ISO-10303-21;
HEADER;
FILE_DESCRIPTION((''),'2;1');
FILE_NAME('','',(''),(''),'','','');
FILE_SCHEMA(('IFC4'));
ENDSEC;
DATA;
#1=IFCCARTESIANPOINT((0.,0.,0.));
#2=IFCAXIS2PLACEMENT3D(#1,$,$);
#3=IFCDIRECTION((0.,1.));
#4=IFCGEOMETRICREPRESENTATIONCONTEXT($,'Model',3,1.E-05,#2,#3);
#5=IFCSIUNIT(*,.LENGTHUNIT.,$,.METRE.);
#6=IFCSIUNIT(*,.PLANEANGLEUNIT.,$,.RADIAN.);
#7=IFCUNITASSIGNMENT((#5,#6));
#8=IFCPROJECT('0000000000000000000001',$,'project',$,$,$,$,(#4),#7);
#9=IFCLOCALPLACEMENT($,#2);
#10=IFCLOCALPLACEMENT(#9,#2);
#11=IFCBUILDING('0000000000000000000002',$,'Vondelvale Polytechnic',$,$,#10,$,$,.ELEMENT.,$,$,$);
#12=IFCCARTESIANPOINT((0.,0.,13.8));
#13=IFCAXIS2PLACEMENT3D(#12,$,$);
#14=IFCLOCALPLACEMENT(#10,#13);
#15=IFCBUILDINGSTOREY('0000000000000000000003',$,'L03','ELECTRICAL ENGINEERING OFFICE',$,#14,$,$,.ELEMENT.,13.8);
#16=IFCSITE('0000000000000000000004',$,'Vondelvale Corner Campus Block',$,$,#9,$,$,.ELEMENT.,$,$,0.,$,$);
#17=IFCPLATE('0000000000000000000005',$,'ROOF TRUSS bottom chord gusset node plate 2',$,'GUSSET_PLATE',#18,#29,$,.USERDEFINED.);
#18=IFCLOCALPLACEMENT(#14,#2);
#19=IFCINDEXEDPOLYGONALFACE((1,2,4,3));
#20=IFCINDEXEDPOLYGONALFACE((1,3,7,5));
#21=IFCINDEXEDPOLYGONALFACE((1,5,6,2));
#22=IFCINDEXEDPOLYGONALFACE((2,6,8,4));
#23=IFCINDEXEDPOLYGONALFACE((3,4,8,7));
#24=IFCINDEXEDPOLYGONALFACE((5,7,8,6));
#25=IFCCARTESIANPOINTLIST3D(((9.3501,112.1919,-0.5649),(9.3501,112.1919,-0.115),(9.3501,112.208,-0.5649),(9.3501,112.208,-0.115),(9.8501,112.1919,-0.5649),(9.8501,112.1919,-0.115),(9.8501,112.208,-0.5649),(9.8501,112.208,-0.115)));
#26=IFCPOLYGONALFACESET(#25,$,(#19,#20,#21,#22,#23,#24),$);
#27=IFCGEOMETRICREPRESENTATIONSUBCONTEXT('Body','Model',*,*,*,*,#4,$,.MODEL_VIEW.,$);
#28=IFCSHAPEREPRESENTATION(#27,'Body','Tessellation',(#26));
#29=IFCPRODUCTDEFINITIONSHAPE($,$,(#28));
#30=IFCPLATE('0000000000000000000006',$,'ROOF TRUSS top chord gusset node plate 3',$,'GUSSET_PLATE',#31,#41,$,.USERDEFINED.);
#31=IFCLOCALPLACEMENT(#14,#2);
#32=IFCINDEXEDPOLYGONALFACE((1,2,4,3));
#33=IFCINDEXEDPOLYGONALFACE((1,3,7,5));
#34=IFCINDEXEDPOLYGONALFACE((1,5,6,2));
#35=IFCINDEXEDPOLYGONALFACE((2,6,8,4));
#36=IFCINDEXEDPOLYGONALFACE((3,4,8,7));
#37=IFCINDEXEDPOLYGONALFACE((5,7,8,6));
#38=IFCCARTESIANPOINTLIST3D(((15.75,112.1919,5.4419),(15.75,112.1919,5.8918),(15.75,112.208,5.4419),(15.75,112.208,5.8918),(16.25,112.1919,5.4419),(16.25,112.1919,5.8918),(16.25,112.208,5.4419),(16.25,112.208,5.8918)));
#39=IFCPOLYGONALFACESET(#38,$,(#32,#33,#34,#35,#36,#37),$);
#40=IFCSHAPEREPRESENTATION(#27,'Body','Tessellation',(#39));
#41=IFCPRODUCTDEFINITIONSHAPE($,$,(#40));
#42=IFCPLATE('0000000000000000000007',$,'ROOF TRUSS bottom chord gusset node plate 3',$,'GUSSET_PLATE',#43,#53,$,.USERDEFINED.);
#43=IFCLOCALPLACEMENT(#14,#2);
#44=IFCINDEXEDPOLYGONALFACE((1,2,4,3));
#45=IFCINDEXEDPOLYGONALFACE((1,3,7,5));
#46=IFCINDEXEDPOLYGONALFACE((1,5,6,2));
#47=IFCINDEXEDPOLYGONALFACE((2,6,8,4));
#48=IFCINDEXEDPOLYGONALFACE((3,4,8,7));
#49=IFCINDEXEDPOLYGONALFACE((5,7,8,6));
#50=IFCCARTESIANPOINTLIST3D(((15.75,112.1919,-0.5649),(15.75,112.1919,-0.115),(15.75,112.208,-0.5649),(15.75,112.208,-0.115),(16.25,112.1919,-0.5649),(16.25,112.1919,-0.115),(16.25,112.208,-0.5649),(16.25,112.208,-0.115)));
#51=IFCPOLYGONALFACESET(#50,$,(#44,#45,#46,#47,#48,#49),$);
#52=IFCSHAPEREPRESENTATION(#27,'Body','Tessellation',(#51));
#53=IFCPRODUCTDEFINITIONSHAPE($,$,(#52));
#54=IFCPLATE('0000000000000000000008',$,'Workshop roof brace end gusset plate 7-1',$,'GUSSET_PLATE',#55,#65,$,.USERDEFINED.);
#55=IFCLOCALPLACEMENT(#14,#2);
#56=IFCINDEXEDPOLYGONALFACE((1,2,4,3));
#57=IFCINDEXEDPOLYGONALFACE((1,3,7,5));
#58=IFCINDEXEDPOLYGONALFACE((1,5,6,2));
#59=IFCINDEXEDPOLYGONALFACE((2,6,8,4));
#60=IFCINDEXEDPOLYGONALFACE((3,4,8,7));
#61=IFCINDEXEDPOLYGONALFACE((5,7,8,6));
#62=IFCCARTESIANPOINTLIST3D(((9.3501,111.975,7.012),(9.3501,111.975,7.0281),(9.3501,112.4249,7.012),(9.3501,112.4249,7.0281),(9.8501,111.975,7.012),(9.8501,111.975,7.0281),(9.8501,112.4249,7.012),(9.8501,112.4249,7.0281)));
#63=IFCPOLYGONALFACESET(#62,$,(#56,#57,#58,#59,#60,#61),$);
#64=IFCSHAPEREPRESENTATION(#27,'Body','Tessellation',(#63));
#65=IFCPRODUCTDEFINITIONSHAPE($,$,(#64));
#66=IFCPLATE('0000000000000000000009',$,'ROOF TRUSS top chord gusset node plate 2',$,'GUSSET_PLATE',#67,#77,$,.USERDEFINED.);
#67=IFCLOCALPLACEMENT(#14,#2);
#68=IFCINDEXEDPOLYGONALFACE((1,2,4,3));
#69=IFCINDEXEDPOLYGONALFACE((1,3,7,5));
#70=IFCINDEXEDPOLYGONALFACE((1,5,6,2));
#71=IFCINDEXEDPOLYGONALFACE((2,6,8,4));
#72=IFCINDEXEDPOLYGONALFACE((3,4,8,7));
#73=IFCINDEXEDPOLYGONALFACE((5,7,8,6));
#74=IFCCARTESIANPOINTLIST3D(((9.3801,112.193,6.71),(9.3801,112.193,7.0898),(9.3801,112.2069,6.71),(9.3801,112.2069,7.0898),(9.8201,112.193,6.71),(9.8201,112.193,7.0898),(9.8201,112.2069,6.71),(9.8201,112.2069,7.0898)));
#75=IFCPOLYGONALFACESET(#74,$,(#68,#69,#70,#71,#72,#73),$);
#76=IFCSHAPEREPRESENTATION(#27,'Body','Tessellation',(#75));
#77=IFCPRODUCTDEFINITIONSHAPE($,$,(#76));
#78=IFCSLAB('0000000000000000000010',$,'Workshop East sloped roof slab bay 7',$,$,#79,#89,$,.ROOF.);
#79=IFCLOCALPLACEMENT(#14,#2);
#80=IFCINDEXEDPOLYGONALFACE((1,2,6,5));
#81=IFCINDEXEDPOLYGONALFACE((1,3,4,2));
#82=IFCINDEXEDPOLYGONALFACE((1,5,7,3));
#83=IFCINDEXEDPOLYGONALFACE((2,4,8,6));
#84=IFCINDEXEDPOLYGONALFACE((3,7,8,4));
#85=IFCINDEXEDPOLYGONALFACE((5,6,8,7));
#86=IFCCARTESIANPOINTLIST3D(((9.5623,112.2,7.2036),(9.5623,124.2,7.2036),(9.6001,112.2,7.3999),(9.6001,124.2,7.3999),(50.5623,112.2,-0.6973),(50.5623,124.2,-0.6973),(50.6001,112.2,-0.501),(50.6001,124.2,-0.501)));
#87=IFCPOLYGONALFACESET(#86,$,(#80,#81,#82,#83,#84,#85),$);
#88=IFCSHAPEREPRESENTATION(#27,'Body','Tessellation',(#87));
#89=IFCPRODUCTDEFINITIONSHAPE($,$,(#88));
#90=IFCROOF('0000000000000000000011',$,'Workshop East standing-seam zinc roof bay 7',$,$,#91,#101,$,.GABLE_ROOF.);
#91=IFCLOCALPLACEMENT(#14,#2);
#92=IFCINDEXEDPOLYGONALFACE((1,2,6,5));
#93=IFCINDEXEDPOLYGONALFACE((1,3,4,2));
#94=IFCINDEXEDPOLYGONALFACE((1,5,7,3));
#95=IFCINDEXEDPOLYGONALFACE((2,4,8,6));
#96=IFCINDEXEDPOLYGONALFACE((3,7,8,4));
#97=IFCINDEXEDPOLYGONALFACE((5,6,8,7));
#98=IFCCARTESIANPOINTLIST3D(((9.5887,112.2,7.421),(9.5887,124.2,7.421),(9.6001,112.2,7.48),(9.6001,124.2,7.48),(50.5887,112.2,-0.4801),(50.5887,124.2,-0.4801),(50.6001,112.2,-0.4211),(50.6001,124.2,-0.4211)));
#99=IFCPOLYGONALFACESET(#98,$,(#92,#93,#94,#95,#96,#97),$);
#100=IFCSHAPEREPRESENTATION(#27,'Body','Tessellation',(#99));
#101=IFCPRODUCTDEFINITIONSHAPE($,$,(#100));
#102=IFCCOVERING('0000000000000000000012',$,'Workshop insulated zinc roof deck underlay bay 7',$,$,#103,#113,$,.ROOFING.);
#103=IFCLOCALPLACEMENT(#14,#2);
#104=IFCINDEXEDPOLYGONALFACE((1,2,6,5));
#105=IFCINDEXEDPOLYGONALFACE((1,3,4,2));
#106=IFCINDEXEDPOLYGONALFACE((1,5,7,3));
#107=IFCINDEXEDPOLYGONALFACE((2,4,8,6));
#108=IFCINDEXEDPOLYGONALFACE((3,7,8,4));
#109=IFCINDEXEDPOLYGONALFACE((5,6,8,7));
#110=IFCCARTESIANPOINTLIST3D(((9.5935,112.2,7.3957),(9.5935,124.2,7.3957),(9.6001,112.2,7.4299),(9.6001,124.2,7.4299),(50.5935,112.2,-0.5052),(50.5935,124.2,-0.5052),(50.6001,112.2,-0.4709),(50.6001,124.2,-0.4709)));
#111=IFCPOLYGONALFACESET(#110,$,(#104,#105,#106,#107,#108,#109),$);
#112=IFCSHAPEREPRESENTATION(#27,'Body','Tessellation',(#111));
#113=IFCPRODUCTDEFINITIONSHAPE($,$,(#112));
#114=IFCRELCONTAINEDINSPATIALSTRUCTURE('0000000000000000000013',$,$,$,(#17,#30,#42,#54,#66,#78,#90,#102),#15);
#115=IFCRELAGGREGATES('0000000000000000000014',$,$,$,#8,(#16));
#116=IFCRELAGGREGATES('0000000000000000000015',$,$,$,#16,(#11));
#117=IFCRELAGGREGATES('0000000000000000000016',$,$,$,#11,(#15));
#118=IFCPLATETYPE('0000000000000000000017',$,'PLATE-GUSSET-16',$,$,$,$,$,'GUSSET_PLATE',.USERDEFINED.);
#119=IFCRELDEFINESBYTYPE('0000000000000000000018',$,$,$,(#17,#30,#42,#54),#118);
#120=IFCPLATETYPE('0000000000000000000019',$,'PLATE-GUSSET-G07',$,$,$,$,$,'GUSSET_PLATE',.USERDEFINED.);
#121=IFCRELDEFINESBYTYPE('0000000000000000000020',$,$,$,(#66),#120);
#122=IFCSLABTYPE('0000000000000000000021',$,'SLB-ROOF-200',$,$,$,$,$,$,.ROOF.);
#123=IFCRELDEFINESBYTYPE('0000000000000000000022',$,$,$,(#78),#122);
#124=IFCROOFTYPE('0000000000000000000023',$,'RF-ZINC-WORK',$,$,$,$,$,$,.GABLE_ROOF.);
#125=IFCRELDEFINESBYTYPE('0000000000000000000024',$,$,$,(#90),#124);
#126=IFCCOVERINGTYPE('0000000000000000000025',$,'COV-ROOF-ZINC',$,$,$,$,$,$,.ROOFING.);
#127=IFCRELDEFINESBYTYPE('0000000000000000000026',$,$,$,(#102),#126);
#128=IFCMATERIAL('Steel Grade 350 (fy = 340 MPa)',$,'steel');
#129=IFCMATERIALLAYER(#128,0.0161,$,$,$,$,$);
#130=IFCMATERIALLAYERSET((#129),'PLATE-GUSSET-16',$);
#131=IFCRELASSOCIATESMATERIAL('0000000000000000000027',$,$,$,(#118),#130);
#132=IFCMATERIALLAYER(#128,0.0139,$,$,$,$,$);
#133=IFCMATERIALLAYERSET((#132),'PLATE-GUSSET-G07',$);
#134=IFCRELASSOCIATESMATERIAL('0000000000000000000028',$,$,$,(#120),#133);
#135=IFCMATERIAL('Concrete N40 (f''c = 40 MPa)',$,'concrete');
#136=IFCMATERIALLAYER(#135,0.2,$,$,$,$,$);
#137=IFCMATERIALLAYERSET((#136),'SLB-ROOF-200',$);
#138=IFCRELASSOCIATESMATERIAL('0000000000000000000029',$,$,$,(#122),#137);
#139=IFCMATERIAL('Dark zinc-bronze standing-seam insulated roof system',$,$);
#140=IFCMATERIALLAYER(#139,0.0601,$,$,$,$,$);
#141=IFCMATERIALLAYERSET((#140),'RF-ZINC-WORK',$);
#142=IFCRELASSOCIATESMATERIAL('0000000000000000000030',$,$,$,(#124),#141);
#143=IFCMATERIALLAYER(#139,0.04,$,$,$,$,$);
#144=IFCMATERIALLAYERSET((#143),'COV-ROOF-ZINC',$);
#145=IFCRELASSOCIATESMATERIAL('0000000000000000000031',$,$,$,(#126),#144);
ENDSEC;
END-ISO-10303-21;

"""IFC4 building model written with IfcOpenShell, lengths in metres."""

from ifc_helpers import new_model, si_unit, direction, frame, origin, origin_2d, place, context, subcontext, project, spatial, polyline, rectangle, outline, extrude, material, layer, layer_set, type_object, element, save


model = new_model("IFC4")

# Units and contexts
model_context = context("Model", 3, precision=1e-05, world=origin(), true_north=direction((0.0, 1.0)))
body_context = subcontext(model_context, "Body", "Model", "MODEL_VIEW")
ifc_project = project(units=[si_unit("LENGTHUNIT", "METRE"), si_unit("PLANEANGLEUNIT", "RADIAN")], contexts=[model_context])

# Site, building, storey
site_placement = place(None, origin())
site = spatial("IfcSite", under=ifc_project, at=site_placement, Name="Vondelvale Corner Campus Block", CompositionType="ELEMENT", RefElevation=0.0)
building_placement = place(site_placement, origin())
building = spatial("IfcBuilding", under=site, at=building_placement, Name="Vondelvale Polytechnic", CompositionType="ELEMENT")
storey_placement = place(building_placement, frame((0.0, 0.0, 13.8)))
storey = spatial("IfcBuildingStorey", under=building, at=storey_placement, Name="L03", Description="ELECTRICAL ENGINEERING OFFICE", CompositionType="ELEMENT", Elevation=13.8)

# Plates
ifc_material_1 = material(Name="Steel Grade 350 (fy = 340 MPa)", Category="steel")
ifc_layer_1 = layer(ifc_material_1, 0.0161)
ifc_layer_set_1 = layer_set([ifc_layer_1], Name="PLATE-GUSSET-16")
plate_type_1 = type_object("IfcPlateType", Name="PLATE-GUSSET-16", ElementType="GUSSET_PLATE", PredefinedType="USERDEFINED", material=ifc_layer_set_1)
for number, where, z_axis, x_axis, name in (
    (1, (9.6001, 112.2, -0.5649), (0.0, 0.0, 1.0), (1.0, 0.0, 0.0), "ROOF TRUSS bottom chord gusset node plate 2"),
    (2, (16.0, 112.2, 5.4419), (0.0, 0.0, 1.0), (1.0, 0.0, 0.0), "ROOF TRUSS top chord gusset node plate 3"),
    (3, (16.0, 112.2, -0.5649), (0.0, 0.0, 1.0), (1.0, 0.0, 0.0), "ROOF TRUSS bottom chord gusset node plate 3"),
):
    element("IfcPlate", number, at=place(storey_placement, frame(where, z_axis=z_axis, x_axis=x_axis)), inside=storey, type_object=plate_type_1, Name=name, ObjectType="GUSSET_PLATE", PredefinedType="USERDEFINED", context=body_context, shape_type="SweptSolid", body=[
        extrude(rectangle(XDim=0.5, YDim=0.0161, at=origin_2d()), origin(), (0.0, 0.0, 1.0), 0.45),
    ])
plate_1_placement = place(storey_placement, frame((9.6001, 112.2, 7.012), z_axis=(0.0, 0.0, 1.0), x_axis=(1.0, 0.0, 0.0)))
element("IfcPlate", 4, at=plate_1_placement, inside=storey, type_object=plate_type_1, Name="Workshop roof brace end gusset plate 7-1", ObjectType="GUSSET_PLATE", PredefinedType="USERDEFINED", context=body_context, shape_type="SweptSolid", body=[
    extrude(rectangle(XDim=0.5, YDim=0.45, at=origin_2d()), origin(), (0.0, 0.0, 1.0), 0.0161),
])
ifc_layer_2 = layer(ifc_material_1, 0.0139)
ifc_layer_set_2 = layer_set([ifc_layer_2], Name="PLATE-GUSSET-G07")
plate_type_2 = type_object("IfcPlateType", Name="PLATE-GUSSET-G07", ElementType="GUSSET_PLATE", PredefinedType="USERDEFINED", material=ifc_layer_set_2)
plate_2_placement = place(storey_placement, frame((9.6001, 112.2, 6.71), z_axis=(0.0, 0.0, 1.0), x_axis=(1.0, 0.0, 0.0)))
element("IfcPlate", 5, at=plate_2_placement, inside=storey, type_object=plate_type_2, Name="ROOF TRUSS top chord gusset node plate 2", ObjectType="GUSSET_PLATE", PredefinedType="USERDEFINED", context=body_context, shape_type="SweptSolid", body=[
    extrude(rectangle(XDim=0.4399, YDim=0.0139, at=origin_2d()), origin(), (0.0, 0.0, 1.0), 0.3799),
])

# Slab
ifc_material_2 = material(Name="Concrete N40 (f'c = 40 MPa)", Category="concrete")
ifc_layer_3 = layer(ifc_material_2, 0.2)
ifc_layer_set_3 = layer_set([ifc_layer_3], Name="SLB-ROOF-200")
slab_type = type_object("IfcSlabType", Name="SLB-ROOF-200", PredefinedType="ROOF", material=ifc_layer_set_3)
slab_placement = place(storey_placement, frame((9.6001, 112.2, 7.3999), z_axis=(0.189223, 0.0, 0.981934), x_axis=(0.981934, 0.0, -0.189223)))
element("IfcSlab", 6, at=slab_placement, inside=storey, type_object=slab_type, Name="Workshop East sloped roof slab bay 7", PredefinedType="ROOF", context=body_context, shape_type="SweptSolid", body=[
    extrude(outline(polyline([(0.0, 0.0), (41.7543, 0.0), (41.7543, 12.0), (0.0, 12.0), (0.0, 0.0)])), origin(), (0.0, 0.0, -1.0), 0.2),
])

# Roof
ifc_material_3 = material(Name="Dark zinc-bronze standing-seam insulated roof system")
ifc_layer_4 = layer(ifc_material_3, 0.0601)
ifc_layer_set_4 = layer_set([ifc_layer_4], Name="RF-ZINC-WORK")
roof_type = type_object("IfcRoofType", Name="RF-ZINC-WORK", PredefinedType="GABLE_ROOF", material=ifc_layer_set_4)
roof_placement = place(storey_placement, frame((9.6001, 112.2, 7.48), z_axis=(0.189229, 0.0, 0.981933), x_axis=(0.981933, 0.0, -0.189229)))
element("IfcRoof", 7, at=roof_placement, inside=storey, type_object=roof_type, Name="Workshop East standing-seam zinc roof bay 7", PredefinedType="GABLE_ROOF", context=body_context, shape_type="SweptSolid", body=[
    extrude(outline(polyline([(0.0, 0.0), (41.7544, 0.0), (41.7544, 12.0), (0.0, 12.0), (0.0, 0.0)])), origin(), (0.0, 0.0, -1.0), 0.0601),
])

# Covering
ifc_layer_5 = layer(ifc_material_3, 0.04)
ifc_layer_set_5 = layer_set([ifc_layer_5], Name="COV-ROOF-ZINC")
covering_type = type_object("IfcCoveringType", Name="COV-ROOF-ZINC", PredefinedType="ROOFING", material=ifc_layer_set_5)
covering_placement = place(storey_placement, frame((9.6001, 112.2, 7.4299), z_axis=(0.189223, 0.0, 0.981934), x_axis=(0.981934, 0.0, -0.189223)))
element("IfcCovering", 8, at=covering_placement, inside=storey, type_object=covering_type, Name="Workshop insulated zinc roof deck underlay bay 7", PredefinedType="ROOFING", context=body_context, shape_type="SweptSolid", body=[
    extrude(outline(polyline([(0.0, 0.0), (41.7543, 0.0), (41.7543, 12.0), (0.0, 12.0), (0.0, 0.0)])), origin(), (0.0, 0.0, -1.0), 0.0349),
])

save(model, "model.ifc")
